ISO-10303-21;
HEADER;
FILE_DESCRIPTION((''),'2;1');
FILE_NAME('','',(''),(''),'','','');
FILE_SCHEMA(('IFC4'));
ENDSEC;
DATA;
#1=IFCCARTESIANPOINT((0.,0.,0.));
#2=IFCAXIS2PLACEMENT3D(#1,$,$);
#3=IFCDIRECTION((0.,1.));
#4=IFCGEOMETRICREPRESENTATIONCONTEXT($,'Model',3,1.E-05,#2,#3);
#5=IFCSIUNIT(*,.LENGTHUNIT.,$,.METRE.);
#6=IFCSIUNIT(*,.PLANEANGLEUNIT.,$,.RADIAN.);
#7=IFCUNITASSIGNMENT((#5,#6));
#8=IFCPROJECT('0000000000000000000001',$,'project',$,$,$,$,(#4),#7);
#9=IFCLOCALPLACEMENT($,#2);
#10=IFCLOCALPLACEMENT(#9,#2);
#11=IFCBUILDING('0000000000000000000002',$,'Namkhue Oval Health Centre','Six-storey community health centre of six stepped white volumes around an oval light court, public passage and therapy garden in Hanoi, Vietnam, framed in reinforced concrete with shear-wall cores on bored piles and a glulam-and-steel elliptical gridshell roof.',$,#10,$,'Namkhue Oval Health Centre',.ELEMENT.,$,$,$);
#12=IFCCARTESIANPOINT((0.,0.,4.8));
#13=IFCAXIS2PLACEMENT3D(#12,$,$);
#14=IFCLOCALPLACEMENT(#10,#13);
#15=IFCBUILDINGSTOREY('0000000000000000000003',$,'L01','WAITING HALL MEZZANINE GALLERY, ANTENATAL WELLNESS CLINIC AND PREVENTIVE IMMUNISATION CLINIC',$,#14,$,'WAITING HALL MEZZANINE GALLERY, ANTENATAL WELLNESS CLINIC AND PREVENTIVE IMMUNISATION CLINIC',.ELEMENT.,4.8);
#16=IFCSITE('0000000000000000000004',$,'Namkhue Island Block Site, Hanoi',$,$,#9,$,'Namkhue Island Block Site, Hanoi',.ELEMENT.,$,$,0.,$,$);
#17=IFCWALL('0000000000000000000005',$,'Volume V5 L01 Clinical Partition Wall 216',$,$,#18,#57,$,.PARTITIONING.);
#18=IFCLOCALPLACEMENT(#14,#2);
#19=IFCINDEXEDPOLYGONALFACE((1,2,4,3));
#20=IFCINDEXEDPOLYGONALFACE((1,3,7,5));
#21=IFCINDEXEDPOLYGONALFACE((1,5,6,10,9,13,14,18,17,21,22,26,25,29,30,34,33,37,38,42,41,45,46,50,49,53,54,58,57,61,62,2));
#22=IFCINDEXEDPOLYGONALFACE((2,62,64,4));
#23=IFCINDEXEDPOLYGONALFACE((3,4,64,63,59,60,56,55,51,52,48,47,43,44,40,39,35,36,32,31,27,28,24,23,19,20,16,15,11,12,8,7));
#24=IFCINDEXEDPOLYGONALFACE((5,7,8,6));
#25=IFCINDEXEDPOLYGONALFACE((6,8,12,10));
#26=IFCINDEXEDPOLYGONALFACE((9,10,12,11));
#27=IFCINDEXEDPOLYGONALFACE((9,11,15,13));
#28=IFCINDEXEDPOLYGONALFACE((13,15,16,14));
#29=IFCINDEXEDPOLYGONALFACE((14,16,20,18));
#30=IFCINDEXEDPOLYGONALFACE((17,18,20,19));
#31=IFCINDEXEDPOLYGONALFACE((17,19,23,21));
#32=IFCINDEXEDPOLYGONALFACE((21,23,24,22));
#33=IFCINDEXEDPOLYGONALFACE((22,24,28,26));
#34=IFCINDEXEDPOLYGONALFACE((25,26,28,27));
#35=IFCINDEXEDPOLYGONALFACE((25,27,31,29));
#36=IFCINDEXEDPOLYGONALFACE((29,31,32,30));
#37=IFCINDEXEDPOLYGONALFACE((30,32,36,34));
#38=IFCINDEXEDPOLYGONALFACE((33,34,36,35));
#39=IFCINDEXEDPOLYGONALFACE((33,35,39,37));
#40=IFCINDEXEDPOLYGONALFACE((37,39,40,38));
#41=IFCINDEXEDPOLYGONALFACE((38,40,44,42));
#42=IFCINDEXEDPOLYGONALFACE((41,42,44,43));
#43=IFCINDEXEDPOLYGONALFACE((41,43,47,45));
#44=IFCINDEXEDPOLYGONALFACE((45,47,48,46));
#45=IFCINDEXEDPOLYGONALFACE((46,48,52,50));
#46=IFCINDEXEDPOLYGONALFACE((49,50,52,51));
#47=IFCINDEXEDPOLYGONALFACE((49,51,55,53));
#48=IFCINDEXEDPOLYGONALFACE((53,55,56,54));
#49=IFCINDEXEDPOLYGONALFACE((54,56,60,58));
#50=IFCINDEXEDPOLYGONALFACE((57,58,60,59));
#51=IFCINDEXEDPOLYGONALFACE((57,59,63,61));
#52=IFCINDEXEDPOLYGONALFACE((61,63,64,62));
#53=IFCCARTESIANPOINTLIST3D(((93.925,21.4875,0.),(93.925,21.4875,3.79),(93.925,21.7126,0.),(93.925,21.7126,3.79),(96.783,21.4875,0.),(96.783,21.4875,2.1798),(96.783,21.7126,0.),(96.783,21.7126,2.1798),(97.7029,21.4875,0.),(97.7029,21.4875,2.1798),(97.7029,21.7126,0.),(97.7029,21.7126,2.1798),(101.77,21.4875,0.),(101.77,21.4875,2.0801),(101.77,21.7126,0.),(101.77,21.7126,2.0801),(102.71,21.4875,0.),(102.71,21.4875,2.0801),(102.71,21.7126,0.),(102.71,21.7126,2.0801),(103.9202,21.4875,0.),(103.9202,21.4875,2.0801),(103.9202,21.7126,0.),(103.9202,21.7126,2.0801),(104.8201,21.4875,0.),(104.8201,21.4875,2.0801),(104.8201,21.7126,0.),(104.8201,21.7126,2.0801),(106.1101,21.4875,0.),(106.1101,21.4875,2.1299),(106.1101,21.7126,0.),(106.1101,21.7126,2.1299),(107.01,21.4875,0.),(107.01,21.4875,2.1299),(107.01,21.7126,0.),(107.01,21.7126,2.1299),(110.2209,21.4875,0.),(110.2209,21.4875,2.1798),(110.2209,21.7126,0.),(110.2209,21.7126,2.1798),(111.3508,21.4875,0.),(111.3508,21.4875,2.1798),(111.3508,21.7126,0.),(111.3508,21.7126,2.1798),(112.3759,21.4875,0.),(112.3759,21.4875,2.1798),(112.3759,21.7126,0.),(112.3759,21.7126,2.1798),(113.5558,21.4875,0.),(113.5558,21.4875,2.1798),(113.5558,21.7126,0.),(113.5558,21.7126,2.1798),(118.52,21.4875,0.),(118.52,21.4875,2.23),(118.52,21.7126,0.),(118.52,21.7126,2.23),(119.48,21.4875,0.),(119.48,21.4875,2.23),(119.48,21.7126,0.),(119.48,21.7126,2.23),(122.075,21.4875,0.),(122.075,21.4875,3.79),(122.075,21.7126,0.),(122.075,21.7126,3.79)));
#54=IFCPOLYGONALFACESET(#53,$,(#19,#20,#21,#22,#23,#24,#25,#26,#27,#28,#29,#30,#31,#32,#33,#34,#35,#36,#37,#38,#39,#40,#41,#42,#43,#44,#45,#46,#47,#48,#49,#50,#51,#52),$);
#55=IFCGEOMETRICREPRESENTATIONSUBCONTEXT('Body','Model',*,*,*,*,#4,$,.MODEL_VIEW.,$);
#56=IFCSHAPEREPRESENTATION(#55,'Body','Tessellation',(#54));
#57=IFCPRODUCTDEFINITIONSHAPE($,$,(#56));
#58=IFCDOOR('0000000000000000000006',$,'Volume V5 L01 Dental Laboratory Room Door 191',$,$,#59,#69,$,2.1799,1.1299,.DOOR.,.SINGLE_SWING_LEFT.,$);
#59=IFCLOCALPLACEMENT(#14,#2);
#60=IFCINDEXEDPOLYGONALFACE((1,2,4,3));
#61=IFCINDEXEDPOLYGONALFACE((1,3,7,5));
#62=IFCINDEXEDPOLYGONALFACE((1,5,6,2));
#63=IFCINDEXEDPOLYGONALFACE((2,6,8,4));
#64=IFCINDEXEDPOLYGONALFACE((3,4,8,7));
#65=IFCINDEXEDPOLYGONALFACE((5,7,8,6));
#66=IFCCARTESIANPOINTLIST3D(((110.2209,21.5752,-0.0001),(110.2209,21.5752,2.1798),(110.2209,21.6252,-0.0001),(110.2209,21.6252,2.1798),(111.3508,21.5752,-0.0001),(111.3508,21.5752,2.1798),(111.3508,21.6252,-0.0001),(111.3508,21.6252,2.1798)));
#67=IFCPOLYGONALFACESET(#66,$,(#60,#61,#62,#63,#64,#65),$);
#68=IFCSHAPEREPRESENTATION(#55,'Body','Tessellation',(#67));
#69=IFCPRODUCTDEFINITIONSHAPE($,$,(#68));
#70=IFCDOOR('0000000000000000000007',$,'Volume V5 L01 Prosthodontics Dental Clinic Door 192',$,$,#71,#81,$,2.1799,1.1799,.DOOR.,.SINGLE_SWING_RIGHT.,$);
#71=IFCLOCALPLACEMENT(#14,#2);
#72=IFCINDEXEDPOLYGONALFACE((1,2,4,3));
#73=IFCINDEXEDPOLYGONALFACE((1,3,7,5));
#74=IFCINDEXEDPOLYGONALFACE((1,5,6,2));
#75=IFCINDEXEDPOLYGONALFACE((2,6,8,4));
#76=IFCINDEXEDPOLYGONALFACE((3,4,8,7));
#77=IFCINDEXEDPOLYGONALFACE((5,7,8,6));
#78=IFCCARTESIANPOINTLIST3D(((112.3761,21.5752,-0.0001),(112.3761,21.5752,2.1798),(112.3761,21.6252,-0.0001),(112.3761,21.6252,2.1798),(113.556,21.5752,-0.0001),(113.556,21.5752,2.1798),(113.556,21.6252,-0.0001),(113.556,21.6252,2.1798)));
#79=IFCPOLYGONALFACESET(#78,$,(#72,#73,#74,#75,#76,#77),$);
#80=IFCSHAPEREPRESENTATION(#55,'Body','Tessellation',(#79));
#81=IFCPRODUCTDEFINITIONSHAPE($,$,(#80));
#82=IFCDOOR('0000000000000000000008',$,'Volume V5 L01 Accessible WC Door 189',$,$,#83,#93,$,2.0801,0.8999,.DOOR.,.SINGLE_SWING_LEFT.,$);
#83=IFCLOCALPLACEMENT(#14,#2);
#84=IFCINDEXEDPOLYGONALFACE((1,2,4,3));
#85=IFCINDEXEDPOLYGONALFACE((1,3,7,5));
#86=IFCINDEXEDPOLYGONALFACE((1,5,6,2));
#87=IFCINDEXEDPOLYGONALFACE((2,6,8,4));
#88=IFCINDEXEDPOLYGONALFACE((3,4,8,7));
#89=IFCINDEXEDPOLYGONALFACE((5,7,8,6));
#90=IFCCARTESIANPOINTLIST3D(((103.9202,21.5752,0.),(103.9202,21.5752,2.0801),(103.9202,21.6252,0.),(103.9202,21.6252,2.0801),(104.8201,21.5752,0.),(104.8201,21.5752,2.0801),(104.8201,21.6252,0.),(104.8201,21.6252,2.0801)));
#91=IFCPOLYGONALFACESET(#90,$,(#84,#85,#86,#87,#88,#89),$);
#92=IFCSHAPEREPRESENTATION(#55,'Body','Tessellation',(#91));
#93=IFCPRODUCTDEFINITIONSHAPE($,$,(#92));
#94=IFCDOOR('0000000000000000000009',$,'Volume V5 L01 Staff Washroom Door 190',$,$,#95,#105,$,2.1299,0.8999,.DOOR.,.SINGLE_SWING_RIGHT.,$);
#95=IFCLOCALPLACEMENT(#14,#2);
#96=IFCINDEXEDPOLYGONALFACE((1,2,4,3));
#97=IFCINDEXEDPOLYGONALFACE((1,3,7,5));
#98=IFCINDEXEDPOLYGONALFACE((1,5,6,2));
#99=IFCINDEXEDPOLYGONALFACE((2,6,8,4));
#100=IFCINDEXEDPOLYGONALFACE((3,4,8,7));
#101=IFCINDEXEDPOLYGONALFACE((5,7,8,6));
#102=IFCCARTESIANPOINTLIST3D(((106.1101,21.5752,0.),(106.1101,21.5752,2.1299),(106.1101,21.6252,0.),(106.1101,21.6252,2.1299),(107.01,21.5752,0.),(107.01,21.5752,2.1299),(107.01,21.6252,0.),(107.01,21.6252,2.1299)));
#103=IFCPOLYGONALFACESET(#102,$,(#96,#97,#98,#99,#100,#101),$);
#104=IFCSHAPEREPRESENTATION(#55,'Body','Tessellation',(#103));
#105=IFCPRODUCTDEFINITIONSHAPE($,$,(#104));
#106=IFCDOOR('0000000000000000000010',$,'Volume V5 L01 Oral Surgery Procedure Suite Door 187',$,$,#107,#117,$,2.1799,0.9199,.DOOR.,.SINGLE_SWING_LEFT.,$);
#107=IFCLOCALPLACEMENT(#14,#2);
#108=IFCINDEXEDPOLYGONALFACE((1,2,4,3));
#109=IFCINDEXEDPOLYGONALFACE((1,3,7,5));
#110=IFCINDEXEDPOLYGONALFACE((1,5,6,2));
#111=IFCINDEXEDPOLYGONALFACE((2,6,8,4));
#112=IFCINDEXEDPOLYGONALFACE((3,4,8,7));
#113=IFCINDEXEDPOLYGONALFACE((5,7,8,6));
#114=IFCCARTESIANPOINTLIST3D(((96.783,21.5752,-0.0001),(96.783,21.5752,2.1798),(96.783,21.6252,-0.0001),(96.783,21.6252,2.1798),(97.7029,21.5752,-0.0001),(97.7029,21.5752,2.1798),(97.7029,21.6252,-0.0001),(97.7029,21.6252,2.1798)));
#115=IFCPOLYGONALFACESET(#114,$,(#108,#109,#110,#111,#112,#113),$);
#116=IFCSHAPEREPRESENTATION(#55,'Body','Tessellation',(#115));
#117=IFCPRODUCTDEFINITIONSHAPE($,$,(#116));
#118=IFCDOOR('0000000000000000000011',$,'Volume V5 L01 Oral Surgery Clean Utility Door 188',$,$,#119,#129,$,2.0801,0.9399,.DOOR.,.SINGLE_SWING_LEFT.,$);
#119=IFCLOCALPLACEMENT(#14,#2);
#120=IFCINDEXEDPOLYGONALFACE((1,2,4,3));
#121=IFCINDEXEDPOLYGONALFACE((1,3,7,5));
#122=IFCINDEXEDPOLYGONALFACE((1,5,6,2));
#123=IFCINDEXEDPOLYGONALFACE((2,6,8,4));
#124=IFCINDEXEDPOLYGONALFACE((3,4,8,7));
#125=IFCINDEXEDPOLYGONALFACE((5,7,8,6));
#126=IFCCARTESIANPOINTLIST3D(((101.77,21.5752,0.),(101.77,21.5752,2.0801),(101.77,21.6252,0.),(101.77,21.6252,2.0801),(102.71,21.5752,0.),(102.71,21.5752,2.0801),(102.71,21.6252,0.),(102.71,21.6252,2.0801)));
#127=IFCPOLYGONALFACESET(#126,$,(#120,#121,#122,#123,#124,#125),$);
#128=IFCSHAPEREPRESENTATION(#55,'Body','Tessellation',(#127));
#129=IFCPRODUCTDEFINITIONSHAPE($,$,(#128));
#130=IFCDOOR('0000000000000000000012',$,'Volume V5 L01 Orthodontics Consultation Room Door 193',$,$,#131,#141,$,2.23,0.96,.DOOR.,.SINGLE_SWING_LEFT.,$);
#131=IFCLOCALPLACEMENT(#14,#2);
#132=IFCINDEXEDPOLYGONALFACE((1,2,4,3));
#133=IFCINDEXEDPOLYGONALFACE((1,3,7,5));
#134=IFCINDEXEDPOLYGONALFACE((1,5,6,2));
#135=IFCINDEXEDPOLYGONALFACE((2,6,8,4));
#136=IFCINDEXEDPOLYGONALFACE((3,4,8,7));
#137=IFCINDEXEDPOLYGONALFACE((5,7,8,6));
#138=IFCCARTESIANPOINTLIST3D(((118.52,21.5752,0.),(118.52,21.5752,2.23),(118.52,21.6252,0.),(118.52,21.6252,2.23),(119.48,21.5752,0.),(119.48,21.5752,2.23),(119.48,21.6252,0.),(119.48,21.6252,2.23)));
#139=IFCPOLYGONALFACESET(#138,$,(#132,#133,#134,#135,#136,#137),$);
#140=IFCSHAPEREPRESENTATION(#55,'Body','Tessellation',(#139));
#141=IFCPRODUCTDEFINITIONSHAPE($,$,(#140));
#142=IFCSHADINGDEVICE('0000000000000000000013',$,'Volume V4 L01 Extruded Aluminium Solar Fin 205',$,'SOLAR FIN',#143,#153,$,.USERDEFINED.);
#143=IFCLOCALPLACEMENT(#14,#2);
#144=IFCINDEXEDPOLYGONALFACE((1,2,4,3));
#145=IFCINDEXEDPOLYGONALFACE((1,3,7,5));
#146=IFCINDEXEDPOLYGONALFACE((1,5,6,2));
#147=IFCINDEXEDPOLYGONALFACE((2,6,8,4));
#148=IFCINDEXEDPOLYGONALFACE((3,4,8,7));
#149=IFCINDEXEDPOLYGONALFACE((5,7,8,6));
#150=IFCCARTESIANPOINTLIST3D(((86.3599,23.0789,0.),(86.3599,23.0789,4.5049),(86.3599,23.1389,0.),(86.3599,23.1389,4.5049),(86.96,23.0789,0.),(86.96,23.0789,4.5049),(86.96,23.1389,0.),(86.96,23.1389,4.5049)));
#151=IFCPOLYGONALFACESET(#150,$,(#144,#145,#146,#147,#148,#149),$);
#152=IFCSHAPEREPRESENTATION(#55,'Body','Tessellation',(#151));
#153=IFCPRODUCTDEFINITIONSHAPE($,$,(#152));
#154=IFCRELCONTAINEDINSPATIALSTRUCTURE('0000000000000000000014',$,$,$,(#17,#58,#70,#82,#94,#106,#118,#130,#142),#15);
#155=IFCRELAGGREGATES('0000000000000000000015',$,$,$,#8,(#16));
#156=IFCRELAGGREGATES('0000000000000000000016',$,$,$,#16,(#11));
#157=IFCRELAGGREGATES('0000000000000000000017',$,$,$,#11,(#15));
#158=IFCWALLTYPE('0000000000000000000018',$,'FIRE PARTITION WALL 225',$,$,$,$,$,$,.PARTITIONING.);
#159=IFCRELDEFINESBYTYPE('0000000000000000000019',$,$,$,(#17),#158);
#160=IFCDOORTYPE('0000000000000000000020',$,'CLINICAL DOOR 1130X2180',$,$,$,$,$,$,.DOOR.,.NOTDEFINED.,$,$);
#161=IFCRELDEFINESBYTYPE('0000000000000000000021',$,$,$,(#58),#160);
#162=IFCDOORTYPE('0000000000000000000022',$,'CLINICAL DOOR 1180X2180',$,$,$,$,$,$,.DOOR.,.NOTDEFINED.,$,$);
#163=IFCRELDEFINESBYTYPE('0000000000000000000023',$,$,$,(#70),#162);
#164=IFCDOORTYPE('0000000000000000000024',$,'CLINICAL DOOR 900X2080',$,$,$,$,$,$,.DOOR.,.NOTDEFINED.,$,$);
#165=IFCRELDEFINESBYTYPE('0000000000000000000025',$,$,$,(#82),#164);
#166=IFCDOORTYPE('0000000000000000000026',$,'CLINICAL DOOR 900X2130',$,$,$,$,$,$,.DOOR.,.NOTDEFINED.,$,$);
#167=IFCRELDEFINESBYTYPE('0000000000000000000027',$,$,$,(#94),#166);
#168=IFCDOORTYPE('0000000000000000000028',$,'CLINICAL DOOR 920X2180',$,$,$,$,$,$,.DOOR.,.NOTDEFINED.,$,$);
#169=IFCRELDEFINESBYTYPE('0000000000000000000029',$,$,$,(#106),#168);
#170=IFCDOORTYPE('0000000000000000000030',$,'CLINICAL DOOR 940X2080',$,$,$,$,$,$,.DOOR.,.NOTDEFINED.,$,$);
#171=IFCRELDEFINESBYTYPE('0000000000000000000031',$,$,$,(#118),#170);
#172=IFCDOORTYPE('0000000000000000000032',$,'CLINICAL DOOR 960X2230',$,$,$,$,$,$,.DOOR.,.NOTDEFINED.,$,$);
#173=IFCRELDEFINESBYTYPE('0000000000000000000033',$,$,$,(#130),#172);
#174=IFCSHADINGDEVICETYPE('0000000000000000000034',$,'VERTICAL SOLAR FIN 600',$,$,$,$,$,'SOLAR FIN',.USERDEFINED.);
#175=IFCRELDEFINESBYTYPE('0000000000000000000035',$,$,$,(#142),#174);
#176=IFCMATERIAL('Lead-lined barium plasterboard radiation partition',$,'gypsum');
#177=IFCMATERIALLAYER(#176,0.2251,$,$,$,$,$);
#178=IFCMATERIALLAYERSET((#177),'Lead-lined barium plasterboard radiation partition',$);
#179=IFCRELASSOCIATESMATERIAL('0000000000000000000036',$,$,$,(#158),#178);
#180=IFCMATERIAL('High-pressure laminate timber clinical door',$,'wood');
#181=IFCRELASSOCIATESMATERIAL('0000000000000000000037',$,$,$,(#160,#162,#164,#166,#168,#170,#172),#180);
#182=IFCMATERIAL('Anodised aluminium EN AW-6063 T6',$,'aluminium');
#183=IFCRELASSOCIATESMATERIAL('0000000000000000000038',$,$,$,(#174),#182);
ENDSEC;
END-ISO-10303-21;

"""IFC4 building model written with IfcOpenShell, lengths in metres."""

from ifc_helpers import new_model, si_unit, direction, frame, frame_2d, origin, origin_2d, place, context, subcontext, project, spatial, rectangle, extrude, material, layer, layer_set, type_object, element, fill, save


model = new_model("IFC4")

# Units and contexts
model_context = context("Model", 3, precision=1e-05, world=origin(), true_north=direction((0.0, 1.0)))
body_context = subcontext(model_context, "Body", "Model", "MODEL_VIEW")
ifc_project = project(units=[si_unit("LENGTHUNIT", "METRE"), si_unit("PLANEANGLEUNIT", "RADIAN")], contexts=[model_context])

# Site, building, storey
site_placement = place(None, origin())
site = spatial("IfcSite", under=ifc_project, at=site_placement, Name="Namkhue Island Block Site, Hanoi", LongName="Namkhue Island Block Site, Hanoi", CompositionType="ELEMENT", RefElevation=0.0)
building_placement = place(site_placement, origin())
building = spatial("IfcBuilding", under=site, at=building_placement, Name="Namkhue Oval Health Centre", Description="Six-storey community health centre of six stepped white volumes around an oval light court, public passage and therapy garden in Hanoi, Vietnam, framed in reinforced concrete with shear-wall cores on bored piles and a glulam-and-steel elliptical gridshell roof.", LongName="Namkhue Oval Health Centre", CompositionType="ELEMENT")
storey_placement = place(building_placement, frame((0.0, 0.0, 4.8)))
storey = spatial("IfcBuildingStorey", under=building, at=storey_placement, Name="L01", Description="WAITING HALL MEZZANINE GALLERY, ANTENATAL WELLNESS CLINIC AND PREVENTIVE IMMUNISATION CLINIC", LongName="WAITING HALL MEZZANINE GALLERY, ANTENATAL WELLNESS CLINIC AND PREVENTIVE IMMUNISATION CLINIC", CompositionType="ELEMENT", Elevation=4.8)

# Wall, openings, doors
ifc_material_1 = material(Name="Lead-lined barium plasterboard radiation partition", Category="gypsum")
ifc_layer_1 = layer(ifc_material_1, 0.2251)
ifc_layer_set_1 = layer_set([ifc_layer_1], Name="Lead-lined barium plasterboard radiation partition")
wall_type_1 = type_object("IfcWallType", Name="FIRE PARTITION WALL 225", PredefinedType="PARTITIONING", material=ifc_layer_set_1)
wall_1_placement = place(storey_placement, frame((93.925, 21.6001, 0.0), z_axis=(0.0, 0.0, 1.0), x_axis=(1.0, 0.0, 0.0)))
wall_1 = element("IfcWall", 1, at=wall_1_placement, inside=storey, type_object=wall_type_1, Name="Volume V5 L01 Clinical Partition Wall 216", PredefinedType="PARTITIONING", context=body_context, shape_type="SweptSolid", body=[
    extrude(rectangle(XDim=28.1499, YDim=0.2251, at=frame_2d((14.075, 0.0))), origin(), (0.0, 0.0, 1.0), 3.79),
])
opening_1_placement = place(wall_1_placement, frame((2.8579, 0.0, 0.0)))
opening_1 = element("IfcOpeningElement", 2, at=opening_1_placement, cuts=wall_1, PredefinedType="OPENING", context=body_context, shape_type="SweptSolid", body=[
    extrude(rectangle(XDim=0.9199, YDim=2.1799, at=frame_2d((0.46, 1.0898))), frame((0.0, 0.1226, 0.0), z_axis=(0.0, -1.0, 0.0), x_axis=(1.0, 0.0, 0.0)), (0.0, 0.0, 1.0), 0.2451),
])
opening_2_placement = place(wall_1_placement, frame((7.845, 0.0, 0.0)))
opening_2 = element("IfcOpeningElement", 3, at=opening_2_placement, cuts=wall_1, PredefinedType="OPENING", context=body_context, shape_type="SweptSolid", body=[
    extrude(rectangle(XDim=0.9399, YDim=2.0801, at=frame_2d((0.47, 1.04))), frame((0.0, 0.1226, 0.0), z_axis=(0.0, -1.0, 0.0), x_axis=(1.0, 0.0, 0.0)), (0.0, 0.0, 1.0), 0.2451),
])
opening_3_placement = place(wall_1_placement, frame((9.9951, 0.0, 0.0)))
opening_3 = element("IfcOpeningElement", 4, at=opening_3_placement, cuts=wall_1, PredefinedType="OPENING", context=body_context, shape_type="SweptSolid", body=[
    extrude(rectangle(XDim=0.8999, YDim=2.0801, at=frame_2d((0.45, 1.04))), frame((0.0, 0.1226, 0.0), z_axis=(0.0, -1.0, 0.0), x_axis=(1.0, 0.0, 0.0)), (0.0, 0.0, 1.0), 0.2451),
])
opening_4_placement = place(wall_1_placement, frame((12.1851, 0.0, 0.0)))
opening_4 = element("IfcOpeningElement", 5, at=opening_4_placement, cuts=wall_1, PredefinedType="OPENING", context=body_context, shape_type="SweptSolid", body=[
    extrude(rectangle(XDim=0.8999, YDim=2.1299, at=frame_2d((0.45, 1.0649))), frame((0.0, 0.1226, 0.0), z_axis=(0.0, -1.0, 0.0), x_axis=(1.0, 0.0, 0.0)), (0.0, 0.0, 1.0), 0.2451),
])
opening_5_placement = place(wall_1_placement, frame((16.2959, 0.0, 0.0)))
opening_5 = element("IfcOpeningElement", 6, at=opening_5_placement, cuts=wall_1, PredefinedType="OPENING", context=body_context, shape_type="SweptSolid", body=[
    extrude(rectangle(XDim=1.1299, YDim=2.1799, at=frame_2d((0.5649, 1.0898))), frame((0.0, 0.1226, 0.0), z_axis=(0.0, -1.0, 0.0), x_axis=(1.0, 0.0, 0.0)), (0.0, 0.0, 1.0), 0.2451),
])
opening_6_placement = place(wall_1_placement, frame((18.4509, 0.0, 0.0)))
opening_6 = element("IfcOpeningElement", 7, at=opening_6_placement, cuts=wall_1, PredefinedType="OPENING", context=body_context, shape_type="SweptSolid", body=[
    extrude(rectangle(XDim=1.1799, YDim=2.1799, at=frame_2d((0.5898, 1.0898))), frame((0.0, 0.1226, 0.0), z_axis=(0.0, -1.0, 0.0), x_axis=(1.0, 0.0, 0.0)), (0.0, 0.0, 1.0), 0.2451),
])
opening_7_placement = place(wall_1_placement, frame((24.595, 0.0, 0.0)))
opening_7 = element("IfcOpeningElement", 8, at=opening_7_placement, cuts=wall_1, PredefinedType="OPENING", context=body_context, shape_type="SweptSolid", body=[
    extrude(rectangle(XDim=0.96, YDim=2.23, at=frame_2d((0.48, 1.115))), frame((0.0, 0.1226, 0.0), z_axis=(0.0, -1.0, 0.0), x_axis=(1.0, 0.0, 0.0)), (0.0, 0.0, 1.0), 0.2451),
])
ifc_material_2 = material(Name="High-pressure laminate timber clinical door", Category="wood")
door_type_1 = type_object("IfcDoorType", Name="CLINICAL DOOR 1130X2180", OperationType="NOTDEFINED", PredefinedType="DOOR", material=ifc_material_2)
door_1_placement = place(opening_5_placement, frame((1.1299, 0.0, 0.0), z_axis=(0.0, 0.0, 1.0), x_axis=(-1.0, 0.0, 0.0)))
door_1 = element("IfcDoor", 9, at=door_1_placement, inside=storey, type_object=door_type_1, Name="Volume V5 L01 Dental Laboratory Room Door 191", OperationType="SINGLE_SWING_LEFT", OverallHeight=2.1799, OverallWidth=1.1299, PredefinedType="DOOR", context=body_context, shape_type="SweptSolid", body=[
    extrude(rectangle(XDim=1.1299, YDim=2.1799, at=frame_2d((0.5649, 1.0898))), frame((0.0, 0.0249, 0.0), z_axis=(0.0, -1.0, 0.0), x_axis=(1.0, 0.0, 0.0)), (0.0, 0.0, 1.0), 0.05),
])
fill(opening_5, door_1)
door_type_2 = type_object("IfcDoorType", Name="CLINICAL DOOR 1180X2180", OperationType="NOTDEFINED", PredefinedType="DOOR", material=ifc_material_2)
door_2_placement = place(opening_6_placement, frame((1.1799, 0.0, 0.0), z_axis=(0.0, 0.0, 1.0), x_axis=(-1.0, 0.0, 0.0)))
door_2 = element("IfcDoor", 10, at=door_2_placement, inside=storey, type_object=door_type_2, Name="Volume V5 L01 Prosthodontics Dental Clinic Door 192", OperationType="SINGLE_SWING_RIGHT", OverallHeight=2.1799, OverallWidth=1.1799, PredefinedType="DOOR", context=body_context, shape_type="SweptSolid", body=[
    extrude(rectangle(XDim=1.1799, YDim=2.1799, at=frame_2d((0.5898, 1.0898))), frame((0.0, 0.0249, 0.0), z_axis=(0.0, -1.0, 0.0), x_axis=(1.0, 0.0, 0.0)), (0.0, 0.0, 1.0), 0.05),
])
fill(opening_6, door_2)
door_type_3 = type_object("IfcDoorType", Name="CLINICAL DOOR 900X2080", OperationType="NOTDEFINED", PredefinedType="DOOR", material=ifc_material_2)
door_3_placement = place(opening_3_placement, frame((0.8999, 0.0, 0.0), z_axis=(0.0, 0.0, 1.0), x_axis=(-1.0, 0.0, 0.0)))
door_3 = element("IfcDoor", 11, at=door_3_placement, inside=storey, type_object=door_type_3, Name="Volume V5 L01 Accessible WC Door 189", OperationType="SINGLE_SWING_LEFT", OverallHeight=2.0801, OverallWidth=0.8999, PredefinedType="DOOR", context=body_context, shape_type="SweptSolid", body=[
    extrude(rectangle(XDim=0.8999, YDim=2.0801, at=frame_2d((0.45, 1.04))), frame((0.0, 0.0249, 0.0), z_axis=(0.0, -1.0, 0.0), x_axis=(1.0, 0.0, 0.0)), (0.0, 0.0, 1.0), 0.05),
])
fill(opening_3, door_3)
door_type_4 = type_object("IfcDoorType", Name="CLINICAL DOOR 900X2130", OperationType="NOTDEFINED", PredefinedType="DOOR", material=ifc_material_2)
door_4_placement = place(opening_4_placement, frame((0.8999, 0.0, 0.0), z_axis=(0.0, 0.0, 1.0), x_axis=(-1.0, 0.0, 0.0)))
door_4 = element("IfcDoor", 12, at=door_4_placement, inside=storey, type_object=door_type_4, Name="Volume V5 L01 Staff Washroom Door 190", OperationType="SINGLE_SWING_RIGHT", OverallHeight=2.1299, OverallWidth=0.8999, PredefinedType="DOOR", context=body_context, shape_type="SweptSolid", body=[
    extrude(rectangle(XDim=0.8999, YDim=2.1299, at=frame_2d((0.45, 1.0649))), frame((0.0, 0.0249, 0.0), z_axis=(0.0, -1.0, 0.0), x_axis=(1.0, 0.0, 0.0)), (0.0, 0.0, 1.0), 0.05),
])
fill(opening_4, door_4)
door_type_5 = type_object("IfcDoorType", Name="CLINICAL DOOR 920X2180", OperationType="NOTDEFINED", PredefinedType="DOOR", material=ifc_material_2)
door_5_placement = place(opening_1_placement, frame((0.9199, 0.0, 0.0), z_axis=(0.0, 0.0, 1.0), x_axis=(-1.0, 0.0, 0.0)))
door_5 = element("IfcDoor", 13, at=door_5_placement, inside=storey, type_object=door_type_5, Name="Volume V5 L01 Oral Surgery Procedure Suite Door 187", OperationType="SINGLE_SWING_LEFT", OverallHeight=2.1799, OverallWidth=0.9199, PredefinedType="DOOR", context=body_context, shape_type="SweptSolid", body=[
    extrude(rectangle(XDim=0.9199, YDim=2.1799, at=frame_2d((0.46, 1.0898))), frame((0.0, 0.0249, 0.0), z_axis=(0.0, -1.0, 0.0), x_axis=(1.0, 0.0, 0.0)), (0.0, 0.0, 1.0), 0.05),
])
fill(opening_1, door_5)
door_type_6 = type_object("IfcDoorType", Name="CLINICAL DOOR 940X2080", OperationType="NOTDEFINED", PredefinedType="DOOR", material=ifc_material_2)
door_6_placement = place(opening_2_placement, frame((0.9399, 0.0, 0.0), z_axis=(0.0, 0.0, 1.0), x_axis=(-1.0, 0.0, 0.0)))
door_6 = element("IfcDoor", 14, at=door_6_placement, inside=storey, type_object=door_type_6, Name="Volume V5 L01 Oral Surgery Clean Utility Door 188", OperationType="SINGLE_SWING_LEFT", OverallHeight=2.0801, OverallWidth=0.9399, PredefinedType="DOOR", context=body_context, shape_type="SweptSolid", body=[
    extrude(rectangle(XDim=0.9399, YDim=2.0801, at=frame_2d((0.47, 1.04))), frame((0.0, 0.0249, 0.0), z_axis=(0.0, -1.0, 0.0), x_axis=(1.0, 0.0, 0.0)), (0.0, 0.0, 1.0), 0.05),
])
fill(opening_2, door_6)
door_type_7 = type_object("IfcDoorType", Name="CLINICAL DOOR 960X2230", OperationType="NOTDEFINED", PredefinedType="DOOR", material=ifc_material_2)
door_7_placement = place(opening_7_placement, frame((0.96, 0.0, 0.0), z_axis=(0.0, 0.0, 1.0), x_axis=(-1.0, 0.0, 0.0)))
door_7 = element("IfcDoor", 15, at=door_7_placement, inside=storey, type_object=door_type_7, Name="Volume V5 L01 Orthodontics Consultation Room Door 193", OperationType="SINGLE_SWING_LEFT", OverallHeight=2.23, OverallWidth=0.96, PredefinedType="DOOR", context=body_context, shape_type="SweptSolid", body=[
    extrude(rectangle(XDim=0.96, YDim=2.23, at=frame_2d((0.48, 1.115))), frame((0.0, 0.0249, 0.0), z_axis=(0.0, -1.0, 0.0), x_axis=(1.0, 0.0, 0.0)), (0.0, 0.0, 1.0), 0.05),
])
fill(opening_7, door_7)

# Shading device
ifc_material_3 = material(Name="Anodised aluminium EN AW-6063 T6", Category="aluminium")
shading_device_type = type_object("IfcShadingDeviceType", Name="VERTICAL SOLAR FIN 600", ElementType="SOLAR FIN", PredefinedType="USERDEFINED", material=ifc_material_3)
shading_device_placement = place(storey_placement, frame((86.6599, 23.1089, 0.0), z_axis=(0.0, 0.0, 1.0), x_axis=(1.0, 0.0, 0.0)))
element("IfcShadingDevice", 16, at=shading_device_placement, inside=storey, type_object=shading_device_type, Name="Volume V4 L01 Extruded Aluminium Solar Fin 205", ObjectType="SOLAR FIN", PredefinedType="USERDEFINED", context=body_context, shape_type="SweptSolid", body=[
    extrude(rectangle(XDim=0.6001, YDim=0.0601, at=origin_2d()), origin(), (0.0, 0.0, 1.0), 4.5049),
])

save(model, "model.ifc")
